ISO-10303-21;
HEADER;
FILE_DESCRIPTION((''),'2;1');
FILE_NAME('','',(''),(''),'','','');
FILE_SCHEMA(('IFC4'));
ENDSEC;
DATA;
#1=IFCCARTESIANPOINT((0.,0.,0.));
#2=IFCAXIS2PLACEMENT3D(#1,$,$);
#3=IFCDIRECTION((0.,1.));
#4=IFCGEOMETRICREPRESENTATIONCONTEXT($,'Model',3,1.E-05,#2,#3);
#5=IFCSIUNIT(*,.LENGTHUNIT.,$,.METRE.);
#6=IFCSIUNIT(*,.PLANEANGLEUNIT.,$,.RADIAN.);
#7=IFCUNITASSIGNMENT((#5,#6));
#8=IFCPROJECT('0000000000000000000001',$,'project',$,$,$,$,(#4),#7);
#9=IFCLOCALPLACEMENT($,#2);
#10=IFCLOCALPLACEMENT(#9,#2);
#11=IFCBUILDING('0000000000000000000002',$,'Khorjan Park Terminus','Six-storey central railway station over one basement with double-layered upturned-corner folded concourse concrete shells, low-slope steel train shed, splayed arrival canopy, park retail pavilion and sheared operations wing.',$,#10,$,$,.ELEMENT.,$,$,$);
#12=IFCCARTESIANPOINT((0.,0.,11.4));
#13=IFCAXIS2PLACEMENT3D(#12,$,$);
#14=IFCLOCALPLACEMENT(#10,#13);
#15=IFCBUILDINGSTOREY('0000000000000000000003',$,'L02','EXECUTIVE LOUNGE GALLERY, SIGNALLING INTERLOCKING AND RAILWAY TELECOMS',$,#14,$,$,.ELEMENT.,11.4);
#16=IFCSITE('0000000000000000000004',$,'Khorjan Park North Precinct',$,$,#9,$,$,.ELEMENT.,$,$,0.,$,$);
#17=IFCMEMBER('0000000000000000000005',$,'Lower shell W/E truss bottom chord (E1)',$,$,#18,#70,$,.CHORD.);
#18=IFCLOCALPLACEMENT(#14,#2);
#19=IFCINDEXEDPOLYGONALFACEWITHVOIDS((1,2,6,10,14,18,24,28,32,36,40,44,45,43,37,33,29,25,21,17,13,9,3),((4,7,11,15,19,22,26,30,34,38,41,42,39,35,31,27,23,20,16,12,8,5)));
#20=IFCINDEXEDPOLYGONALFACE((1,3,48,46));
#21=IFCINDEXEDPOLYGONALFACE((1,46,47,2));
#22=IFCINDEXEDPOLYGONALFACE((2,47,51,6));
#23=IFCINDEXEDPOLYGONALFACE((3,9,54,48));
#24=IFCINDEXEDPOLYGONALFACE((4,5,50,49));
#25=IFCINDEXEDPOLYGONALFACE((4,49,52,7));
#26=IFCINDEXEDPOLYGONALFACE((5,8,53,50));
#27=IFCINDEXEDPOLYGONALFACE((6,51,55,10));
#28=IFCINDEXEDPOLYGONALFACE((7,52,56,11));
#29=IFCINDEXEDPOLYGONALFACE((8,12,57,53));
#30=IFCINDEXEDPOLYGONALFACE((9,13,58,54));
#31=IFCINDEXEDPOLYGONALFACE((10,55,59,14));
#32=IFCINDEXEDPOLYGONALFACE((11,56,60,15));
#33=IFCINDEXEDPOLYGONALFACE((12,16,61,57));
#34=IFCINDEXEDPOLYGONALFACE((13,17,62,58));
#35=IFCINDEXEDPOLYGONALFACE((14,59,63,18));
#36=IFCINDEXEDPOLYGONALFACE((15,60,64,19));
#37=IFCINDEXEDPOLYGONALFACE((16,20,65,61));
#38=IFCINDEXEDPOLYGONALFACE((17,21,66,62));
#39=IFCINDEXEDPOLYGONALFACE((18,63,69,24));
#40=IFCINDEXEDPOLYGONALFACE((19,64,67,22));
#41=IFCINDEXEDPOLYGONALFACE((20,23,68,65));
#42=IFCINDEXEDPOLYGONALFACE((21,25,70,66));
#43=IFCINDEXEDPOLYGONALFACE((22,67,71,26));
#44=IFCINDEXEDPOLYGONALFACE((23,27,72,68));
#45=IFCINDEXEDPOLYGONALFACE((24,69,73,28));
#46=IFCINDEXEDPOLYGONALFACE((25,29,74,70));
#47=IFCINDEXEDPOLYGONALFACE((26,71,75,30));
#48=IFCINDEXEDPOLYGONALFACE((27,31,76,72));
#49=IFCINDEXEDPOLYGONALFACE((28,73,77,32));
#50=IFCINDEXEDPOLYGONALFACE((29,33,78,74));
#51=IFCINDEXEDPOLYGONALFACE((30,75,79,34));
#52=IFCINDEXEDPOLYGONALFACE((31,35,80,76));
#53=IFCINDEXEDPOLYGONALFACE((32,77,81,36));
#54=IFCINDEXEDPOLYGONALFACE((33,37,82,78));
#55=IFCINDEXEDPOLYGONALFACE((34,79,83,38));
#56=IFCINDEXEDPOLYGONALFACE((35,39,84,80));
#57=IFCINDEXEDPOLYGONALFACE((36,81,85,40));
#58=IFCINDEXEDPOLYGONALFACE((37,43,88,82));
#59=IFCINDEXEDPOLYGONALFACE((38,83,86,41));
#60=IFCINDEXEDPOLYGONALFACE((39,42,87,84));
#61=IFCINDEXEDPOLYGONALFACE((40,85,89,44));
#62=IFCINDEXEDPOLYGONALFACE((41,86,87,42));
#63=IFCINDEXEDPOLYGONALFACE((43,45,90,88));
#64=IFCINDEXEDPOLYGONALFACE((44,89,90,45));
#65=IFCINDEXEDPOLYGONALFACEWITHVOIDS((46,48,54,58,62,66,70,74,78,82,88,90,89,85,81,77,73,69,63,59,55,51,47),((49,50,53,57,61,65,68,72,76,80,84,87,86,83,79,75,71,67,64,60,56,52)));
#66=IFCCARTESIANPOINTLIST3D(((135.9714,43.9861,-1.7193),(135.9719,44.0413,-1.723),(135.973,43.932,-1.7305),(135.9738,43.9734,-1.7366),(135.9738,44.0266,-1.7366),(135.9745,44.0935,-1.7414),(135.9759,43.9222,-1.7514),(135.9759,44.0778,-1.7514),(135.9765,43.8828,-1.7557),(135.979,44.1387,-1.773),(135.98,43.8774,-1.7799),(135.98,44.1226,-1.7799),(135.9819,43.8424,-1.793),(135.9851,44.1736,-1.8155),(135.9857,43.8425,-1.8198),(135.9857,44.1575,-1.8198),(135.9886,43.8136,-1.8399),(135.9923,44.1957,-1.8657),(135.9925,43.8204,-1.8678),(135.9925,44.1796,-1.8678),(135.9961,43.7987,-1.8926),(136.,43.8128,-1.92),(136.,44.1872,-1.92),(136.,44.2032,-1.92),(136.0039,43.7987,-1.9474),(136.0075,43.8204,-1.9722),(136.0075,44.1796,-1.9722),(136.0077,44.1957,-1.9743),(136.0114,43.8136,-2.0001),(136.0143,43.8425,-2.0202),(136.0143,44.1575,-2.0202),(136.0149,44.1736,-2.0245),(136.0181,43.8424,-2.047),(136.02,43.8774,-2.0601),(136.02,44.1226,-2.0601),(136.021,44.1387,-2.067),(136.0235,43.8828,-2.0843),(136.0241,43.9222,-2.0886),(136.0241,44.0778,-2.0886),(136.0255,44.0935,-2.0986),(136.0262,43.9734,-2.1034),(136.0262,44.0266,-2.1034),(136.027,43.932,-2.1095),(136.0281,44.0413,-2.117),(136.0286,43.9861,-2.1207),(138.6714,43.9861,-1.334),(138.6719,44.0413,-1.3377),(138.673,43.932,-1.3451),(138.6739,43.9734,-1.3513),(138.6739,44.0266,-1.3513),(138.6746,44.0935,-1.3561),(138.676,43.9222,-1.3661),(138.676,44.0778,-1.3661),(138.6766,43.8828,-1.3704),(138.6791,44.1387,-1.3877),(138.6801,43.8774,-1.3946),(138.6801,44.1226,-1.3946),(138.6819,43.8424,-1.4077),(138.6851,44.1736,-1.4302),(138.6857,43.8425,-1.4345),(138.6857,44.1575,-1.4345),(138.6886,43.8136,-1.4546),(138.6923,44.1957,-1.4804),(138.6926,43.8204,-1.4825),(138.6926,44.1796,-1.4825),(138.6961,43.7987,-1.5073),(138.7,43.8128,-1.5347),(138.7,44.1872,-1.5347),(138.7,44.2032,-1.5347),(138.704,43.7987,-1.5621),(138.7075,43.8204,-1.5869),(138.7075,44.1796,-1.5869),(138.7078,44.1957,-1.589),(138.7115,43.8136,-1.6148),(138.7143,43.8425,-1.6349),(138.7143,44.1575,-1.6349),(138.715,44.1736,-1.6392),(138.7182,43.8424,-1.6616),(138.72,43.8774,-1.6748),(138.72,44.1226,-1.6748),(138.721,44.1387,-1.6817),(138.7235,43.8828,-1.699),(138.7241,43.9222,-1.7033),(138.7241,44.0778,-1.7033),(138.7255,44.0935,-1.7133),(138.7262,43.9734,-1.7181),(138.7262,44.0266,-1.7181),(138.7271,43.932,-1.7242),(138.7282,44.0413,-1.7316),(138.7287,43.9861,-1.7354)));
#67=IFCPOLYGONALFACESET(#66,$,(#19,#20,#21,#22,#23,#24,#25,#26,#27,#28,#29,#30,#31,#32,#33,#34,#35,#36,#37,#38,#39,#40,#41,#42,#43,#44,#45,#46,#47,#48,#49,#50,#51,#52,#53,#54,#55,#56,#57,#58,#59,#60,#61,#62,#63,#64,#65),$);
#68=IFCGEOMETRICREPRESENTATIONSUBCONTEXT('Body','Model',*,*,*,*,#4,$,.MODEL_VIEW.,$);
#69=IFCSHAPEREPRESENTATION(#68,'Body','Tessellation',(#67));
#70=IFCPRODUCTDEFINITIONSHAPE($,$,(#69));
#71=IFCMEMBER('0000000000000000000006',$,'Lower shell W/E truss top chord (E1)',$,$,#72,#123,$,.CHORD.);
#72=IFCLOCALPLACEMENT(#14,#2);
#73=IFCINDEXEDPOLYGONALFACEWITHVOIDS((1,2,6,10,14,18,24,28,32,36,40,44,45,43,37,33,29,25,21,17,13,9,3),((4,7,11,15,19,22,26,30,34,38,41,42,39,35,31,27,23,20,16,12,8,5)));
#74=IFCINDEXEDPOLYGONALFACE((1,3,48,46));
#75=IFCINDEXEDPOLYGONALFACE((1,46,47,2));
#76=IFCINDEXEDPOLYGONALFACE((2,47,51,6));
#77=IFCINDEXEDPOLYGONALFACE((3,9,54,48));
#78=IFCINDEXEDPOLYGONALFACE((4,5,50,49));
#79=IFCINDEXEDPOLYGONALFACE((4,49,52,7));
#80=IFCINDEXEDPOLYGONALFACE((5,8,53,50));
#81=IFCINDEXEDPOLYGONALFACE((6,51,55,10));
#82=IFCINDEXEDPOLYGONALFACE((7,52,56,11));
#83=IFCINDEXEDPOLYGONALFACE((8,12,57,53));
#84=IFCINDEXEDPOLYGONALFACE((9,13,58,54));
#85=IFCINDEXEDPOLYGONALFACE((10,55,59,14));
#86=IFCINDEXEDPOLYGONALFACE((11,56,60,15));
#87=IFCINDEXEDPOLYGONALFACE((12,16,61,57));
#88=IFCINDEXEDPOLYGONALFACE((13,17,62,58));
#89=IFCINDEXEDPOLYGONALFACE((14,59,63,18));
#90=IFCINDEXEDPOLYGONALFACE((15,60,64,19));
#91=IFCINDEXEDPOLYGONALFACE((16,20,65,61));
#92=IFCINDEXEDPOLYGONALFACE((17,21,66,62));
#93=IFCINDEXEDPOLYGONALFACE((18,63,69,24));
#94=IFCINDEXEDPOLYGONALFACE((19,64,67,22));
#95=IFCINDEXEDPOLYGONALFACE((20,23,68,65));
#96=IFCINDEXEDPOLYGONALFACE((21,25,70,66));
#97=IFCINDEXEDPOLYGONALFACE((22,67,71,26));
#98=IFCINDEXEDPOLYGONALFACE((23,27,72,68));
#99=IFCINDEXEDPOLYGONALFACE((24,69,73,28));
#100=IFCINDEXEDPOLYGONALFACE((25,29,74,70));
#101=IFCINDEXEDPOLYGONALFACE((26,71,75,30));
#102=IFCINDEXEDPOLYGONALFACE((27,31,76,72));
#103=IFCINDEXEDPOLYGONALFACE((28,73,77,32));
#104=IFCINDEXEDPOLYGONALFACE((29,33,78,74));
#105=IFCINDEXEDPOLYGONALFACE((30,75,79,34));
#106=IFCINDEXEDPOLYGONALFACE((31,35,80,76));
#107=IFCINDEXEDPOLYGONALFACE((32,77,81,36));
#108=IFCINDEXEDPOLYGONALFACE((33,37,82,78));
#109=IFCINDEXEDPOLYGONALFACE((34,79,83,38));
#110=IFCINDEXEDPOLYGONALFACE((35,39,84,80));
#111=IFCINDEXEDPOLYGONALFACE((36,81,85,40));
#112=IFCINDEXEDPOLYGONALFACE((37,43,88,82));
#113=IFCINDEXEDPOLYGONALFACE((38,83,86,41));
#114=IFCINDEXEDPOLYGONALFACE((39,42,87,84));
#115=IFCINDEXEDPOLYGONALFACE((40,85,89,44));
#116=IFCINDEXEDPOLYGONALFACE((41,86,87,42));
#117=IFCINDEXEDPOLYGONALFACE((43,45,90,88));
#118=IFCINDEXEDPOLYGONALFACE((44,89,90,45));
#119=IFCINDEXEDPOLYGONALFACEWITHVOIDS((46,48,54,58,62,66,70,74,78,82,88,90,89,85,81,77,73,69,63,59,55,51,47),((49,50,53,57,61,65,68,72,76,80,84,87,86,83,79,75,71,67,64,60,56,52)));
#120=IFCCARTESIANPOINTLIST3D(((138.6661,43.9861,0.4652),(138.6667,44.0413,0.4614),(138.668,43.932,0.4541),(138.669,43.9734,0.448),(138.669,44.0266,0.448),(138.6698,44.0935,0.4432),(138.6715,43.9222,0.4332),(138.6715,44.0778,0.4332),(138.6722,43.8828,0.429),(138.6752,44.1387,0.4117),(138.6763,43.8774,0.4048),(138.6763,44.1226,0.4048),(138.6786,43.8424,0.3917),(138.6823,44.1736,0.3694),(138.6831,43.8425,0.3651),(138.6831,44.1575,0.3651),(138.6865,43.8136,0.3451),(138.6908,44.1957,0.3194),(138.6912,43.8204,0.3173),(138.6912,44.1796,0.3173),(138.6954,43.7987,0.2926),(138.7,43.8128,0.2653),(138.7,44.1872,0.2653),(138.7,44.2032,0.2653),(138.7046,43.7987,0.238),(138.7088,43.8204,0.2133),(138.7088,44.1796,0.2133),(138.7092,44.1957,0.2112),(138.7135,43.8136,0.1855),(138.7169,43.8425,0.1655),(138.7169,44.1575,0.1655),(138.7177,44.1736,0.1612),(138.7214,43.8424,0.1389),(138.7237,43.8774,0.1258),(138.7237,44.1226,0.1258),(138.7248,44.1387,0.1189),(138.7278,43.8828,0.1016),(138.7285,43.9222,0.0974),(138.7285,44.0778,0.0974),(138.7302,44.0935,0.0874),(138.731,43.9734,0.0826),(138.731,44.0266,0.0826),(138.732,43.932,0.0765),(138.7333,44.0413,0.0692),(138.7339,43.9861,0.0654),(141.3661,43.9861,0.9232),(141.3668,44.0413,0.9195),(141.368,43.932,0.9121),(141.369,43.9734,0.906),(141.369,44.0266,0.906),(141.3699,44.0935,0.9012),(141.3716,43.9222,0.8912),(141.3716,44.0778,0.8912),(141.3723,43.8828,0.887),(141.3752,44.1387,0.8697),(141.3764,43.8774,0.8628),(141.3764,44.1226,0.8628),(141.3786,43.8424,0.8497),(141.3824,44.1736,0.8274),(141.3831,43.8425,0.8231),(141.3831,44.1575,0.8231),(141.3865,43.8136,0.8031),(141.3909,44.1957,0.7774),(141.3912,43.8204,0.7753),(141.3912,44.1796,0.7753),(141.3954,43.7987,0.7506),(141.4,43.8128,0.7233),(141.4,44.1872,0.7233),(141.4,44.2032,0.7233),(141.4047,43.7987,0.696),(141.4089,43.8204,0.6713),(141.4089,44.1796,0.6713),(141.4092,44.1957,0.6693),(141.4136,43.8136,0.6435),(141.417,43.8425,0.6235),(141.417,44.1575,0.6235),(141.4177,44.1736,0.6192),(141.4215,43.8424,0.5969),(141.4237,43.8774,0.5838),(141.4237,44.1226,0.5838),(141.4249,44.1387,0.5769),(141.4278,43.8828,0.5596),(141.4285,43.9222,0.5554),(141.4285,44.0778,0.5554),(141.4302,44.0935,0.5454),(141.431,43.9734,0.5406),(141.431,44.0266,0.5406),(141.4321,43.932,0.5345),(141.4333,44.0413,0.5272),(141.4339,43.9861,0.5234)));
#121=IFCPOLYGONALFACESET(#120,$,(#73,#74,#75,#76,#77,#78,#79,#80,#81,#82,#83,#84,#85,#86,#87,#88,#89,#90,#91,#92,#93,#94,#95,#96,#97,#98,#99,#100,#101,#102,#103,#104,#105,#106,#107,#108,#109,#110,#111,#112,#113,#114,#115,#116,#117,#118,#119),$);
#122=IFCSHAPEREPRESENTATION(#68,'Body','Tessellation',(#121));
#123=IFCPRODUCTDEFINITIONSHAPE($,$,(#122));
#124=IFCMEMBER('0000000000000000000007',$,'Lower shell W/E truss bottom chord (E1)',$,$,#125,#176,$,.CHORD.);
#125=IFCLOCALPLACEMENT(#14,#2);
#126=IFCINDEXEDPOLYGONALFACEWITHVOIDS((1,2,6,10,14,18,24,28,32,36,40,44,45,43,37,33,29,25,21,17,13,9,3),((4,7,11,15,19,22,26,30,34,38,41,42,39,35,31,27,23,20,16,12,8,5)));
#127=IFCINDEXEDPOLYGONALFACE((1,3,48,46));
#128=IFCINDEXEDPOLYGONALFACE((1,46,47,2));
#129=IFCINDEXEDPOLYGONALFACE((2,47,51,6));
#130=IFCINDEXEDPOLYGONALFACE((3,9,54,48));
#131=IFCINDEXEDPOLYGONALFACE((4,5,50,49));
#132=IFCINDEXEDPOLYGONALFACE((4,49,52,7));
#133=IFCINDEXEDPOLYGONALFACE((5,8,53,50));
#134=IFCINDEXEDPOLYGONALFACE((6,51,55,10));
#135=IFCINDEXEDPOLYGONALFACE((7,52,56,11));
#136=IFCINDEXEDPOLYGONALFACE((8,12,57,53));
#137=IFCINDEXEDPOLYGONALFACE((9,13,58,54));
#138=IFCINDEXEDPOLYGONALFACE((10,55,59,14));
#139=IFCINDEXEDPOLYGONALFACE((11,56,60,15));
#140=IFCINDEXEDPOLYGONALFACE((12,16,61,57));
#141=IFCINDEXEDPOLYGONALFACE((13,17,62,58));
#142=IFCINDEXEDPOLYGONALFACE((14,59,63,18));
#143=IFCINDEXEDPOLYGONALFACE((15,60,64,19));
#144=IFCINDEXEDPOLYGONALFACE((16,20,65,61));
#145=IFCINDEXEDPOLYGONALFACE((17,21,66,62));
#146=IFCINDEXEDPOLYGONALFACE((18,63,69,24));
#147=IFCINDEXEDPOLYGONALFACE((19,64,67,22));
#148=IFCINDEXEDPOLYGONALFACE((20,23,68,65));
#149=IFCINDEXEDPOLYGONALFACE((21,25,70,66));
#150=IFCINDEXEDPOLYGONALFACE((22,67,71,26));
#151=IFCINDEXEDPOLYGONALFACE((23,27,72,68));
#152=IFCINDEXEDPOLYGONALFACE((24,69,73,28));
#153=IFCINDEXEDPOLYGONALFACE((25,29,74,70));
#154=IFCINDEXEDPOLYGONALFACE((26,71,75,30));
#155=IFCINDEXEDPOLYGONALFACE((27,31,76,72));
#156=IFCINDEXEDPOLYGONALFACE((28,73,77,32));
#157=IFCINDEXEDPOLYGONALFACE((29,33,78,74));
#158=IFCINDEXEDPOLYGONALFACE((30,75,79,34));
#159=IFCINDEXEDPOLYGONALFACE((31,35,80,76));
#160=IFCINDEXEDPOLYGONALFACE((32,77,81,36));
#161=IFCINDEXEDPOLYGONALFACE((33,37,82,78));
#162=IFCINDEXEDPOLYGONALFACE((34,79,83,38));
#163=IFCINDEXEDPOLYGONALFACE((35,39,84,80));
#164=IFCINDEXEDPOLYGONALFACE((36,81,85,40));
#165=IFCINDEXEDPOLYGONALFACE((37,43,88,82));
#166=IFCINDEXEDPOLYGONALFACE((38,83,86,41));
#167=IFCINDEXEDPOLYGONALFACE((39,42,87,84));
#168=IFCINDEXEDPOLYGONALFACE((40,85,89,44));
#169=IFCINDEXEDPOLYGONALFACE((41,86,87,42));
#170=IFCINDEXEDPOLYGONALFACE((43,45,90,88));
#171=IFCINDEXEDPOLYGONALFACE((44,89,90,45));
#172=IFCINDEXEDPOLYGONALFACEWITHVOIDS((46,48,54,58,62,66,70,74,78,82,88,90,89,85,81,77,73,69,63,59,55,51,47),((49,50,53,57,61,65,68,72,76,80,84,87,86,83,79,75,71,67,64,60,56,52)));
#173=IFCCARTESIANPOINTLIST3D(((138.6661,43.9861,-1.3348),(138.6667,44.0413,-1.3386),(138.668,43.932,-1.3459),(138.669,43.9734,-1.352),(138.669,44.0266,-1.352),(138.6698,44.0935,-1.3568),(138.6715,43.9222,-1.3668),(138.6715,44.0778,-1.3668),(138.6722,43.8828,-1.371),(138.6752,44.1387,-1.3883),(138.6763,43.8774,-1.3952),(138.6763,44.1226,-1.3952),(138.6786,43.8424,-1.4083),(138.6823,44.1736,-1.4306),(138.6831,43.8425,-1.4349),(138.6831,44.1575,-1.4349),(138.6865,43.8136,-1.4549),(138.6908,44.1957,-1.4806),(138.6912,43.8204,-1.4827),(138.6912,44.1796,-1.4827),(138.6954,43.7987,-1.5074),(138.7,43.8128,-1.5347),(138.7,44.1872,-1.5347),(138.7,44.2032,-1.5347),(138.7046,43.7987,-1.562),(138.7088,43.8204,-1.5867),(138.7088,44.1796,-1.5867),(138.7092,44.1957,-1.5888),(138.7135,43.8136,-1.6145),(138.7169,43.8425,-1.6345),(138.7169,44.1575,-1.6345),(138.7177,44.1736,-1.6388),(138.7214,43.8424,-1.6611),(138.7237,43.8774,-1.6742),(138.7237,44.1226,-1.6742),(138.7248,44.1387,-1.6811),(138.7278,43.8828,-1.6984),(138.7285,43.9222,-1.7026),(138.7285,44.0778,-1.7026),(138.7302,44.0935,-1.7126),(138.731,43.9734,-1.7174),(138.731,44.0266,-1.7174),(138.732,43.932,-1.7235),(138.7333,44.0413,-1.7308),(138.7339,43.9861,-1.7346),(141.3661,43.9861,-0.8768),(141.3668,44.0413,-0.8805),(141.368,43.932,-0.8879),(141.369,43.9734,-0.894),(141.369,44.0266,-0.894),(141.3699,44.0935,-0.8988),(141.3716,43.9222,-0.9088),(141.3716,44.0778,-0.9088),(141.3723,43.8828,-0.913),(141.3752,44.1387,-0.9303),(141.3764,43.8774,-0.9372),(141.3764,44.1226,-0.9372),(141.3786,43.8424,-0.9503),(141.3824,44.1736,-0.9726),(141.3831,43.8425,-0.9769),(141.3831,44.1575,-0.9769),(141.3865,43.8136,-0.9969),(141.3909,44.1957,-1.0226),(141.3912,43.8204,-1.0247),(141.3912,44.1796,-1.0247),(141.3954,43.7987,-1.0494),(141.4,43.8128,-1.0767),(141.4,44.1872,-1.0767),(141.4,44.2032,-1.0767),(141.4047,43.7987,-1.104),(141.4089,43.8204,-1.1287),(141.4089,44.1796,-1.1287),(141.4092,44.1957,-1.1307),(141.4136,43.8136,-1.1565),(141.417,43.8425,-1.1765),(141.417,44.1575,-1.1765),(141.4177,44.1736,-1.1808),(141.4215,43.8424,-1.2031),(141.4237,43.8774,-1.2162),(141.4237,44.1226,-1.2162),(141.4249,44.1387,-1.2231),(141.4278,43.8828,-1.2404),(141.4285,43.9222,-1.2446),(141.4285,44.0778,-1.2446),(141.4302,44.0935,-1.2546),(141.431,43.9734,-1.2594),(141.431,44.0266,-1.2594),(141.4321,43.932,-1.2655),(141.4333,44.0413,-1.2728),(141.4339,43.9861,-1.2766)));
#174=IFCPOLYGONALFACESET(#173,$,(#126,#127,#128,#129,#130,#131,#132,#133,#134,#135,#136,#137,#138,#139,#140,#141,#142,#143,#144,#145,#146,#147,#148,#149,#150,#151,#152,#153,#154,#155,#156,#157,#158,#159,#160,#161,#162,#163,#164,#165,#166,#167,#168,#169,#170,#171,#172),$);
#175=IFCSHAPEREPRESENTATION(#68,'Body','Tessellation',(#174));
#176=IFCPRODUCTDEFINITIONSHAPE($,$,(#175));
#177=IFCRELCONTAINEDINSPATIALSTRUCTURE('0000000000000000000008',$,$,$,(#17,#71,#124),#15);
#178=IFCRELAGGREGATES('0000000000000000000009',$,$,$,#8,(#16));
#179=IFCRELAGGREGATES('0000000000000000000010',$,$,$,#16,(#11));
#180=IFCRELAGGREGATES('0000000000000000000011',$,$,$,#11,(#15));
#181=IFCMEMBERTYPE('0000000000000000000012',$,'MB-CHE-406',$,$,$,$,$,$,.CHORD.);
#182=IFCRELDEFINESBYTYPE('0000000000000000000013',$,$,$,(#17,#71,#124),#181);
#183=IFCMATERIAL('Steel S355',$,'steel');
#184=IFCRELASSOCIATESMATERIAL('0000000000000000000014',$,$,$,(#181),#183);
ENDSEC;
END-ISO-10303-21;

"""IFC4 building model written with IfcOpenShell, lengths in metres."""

from ifc_helpers import new_model, si_unit, direction, frame, origin, origin_2d, place, context, subcontext, project, spatial, hollow_circle, extrude, material, material_profile, profile_set, type_object, element, save


model = new_model("IFC4")

# Units and contexts
model_context = context("Model", 3, precision=1e-05, world=origin(), true_north=direction((0.0, 1.0)))
body_context = subcontext(model_context, "Body", "Model", "MODEL_VIEW")
ifc_project = project(units=[si_unit("LENGTHUNIT", "METRE"), si_unit("PLANEANGLEUNIT", "RADIAN")], contexts=[model_context])

# Site, building, storey
site_placement = place(None, origin())
site = spatial("IfcSite", under=ifc_project, at=site_placement, Name="Khorjan Park North Precinct", CompositionType="ELEMENT", RefElevation=0.0)
building_placement = place(site_placement, origin())
building = spatial("IfcBuilding", under=site, at=building_placement, Name="Khorjan Park Terminus", Description="Six-storey central railway station over one basement with double-layered upturned-corner folded concourse concrete shells, low-slope steel train shed, splayed arrival canopy, park retail pavilion and sheared operations wing.", CompositionType="ELEMENT")
storey_placement = place(building_placement, frame((0.0, 0.0, 11.4)))
storey = spatial("IfcBuildingStorey", under=building, at=storey_placement, Name="L02", Description="EXECUTIVE LOUNGE GALLERY, SIGNALLING INTERLOCKING AND RAILWAY TELECOMS", CompositionType="ELEMENT", Elevation=11.4)

# Members
ifc_material_1 = material(Name="Steel S355", Category="steel")
ifc_material_profile_1 = material_profile(ifc_material_1, hollow_circle(Radius=0.2032, WallThickness=0.016, at=origin_2d()), Name="CHS 406.4x16")
ifc_profile_set_1 = profile_set([ifc_material_profile_1], Name="Steel S355")
member_type_1 = type_object("IfcMemberType", Name="MB-CHE-406", PredefinedType="CHORD", material=ifc_profile_set_1)
member_1_placement = place(storey_placement, frame((136.0, 44.0, -1.92), z_axis=(0.989971, 0.0, 0.141272), x_axis=(0.0, 1.0, 0.0)))
element("IfcMember", 1, at=member_1_placement, inside=storey, type_object=member_type_1, Name="Lower shell W/E truss bottom chord (E1)", PredefinedType="CHORD", context=body_context, shape_type="SweptSolid", body=[
    extrude(hollow_circle(Radius=0.2032, WallThickness=0.016, at=origin_2d()), origin(), (0.0, 0.0, 1.0), 2.7274),
])
for number, where, z_axis, x_axis, name in (
    (2, (138.7, 44.0, 0.2653), (0.985916, 0.0, 0.167241), (0.0, 1.0, 0.0), "Lower shell W/E truss top chord (E1)"),
    (3, (138.7, 44.0, -1.5347), (0.985916, 0.0, 0.167241), (0.0, 1.0, 0.0), "Lower shell W/E truss bottom chord (E1)"),
):
    element("IfcMember", number, at=place(storey_placement, frame(where, z_axis=z_axis, x_axis=x_axis)), inside=storey, type_object=member_type_1, Name=name, PredefinedType="CHORD", context=body_context, shape_type="SweptSolid", body=[
        extrude(hollow_circle(Radius=0.2032, WallThickness=0.016, at=origin_2d()), origin(), (0.0, 0.0, 1.0), 2.7386),
    ])

save(model, "model.ifc")
